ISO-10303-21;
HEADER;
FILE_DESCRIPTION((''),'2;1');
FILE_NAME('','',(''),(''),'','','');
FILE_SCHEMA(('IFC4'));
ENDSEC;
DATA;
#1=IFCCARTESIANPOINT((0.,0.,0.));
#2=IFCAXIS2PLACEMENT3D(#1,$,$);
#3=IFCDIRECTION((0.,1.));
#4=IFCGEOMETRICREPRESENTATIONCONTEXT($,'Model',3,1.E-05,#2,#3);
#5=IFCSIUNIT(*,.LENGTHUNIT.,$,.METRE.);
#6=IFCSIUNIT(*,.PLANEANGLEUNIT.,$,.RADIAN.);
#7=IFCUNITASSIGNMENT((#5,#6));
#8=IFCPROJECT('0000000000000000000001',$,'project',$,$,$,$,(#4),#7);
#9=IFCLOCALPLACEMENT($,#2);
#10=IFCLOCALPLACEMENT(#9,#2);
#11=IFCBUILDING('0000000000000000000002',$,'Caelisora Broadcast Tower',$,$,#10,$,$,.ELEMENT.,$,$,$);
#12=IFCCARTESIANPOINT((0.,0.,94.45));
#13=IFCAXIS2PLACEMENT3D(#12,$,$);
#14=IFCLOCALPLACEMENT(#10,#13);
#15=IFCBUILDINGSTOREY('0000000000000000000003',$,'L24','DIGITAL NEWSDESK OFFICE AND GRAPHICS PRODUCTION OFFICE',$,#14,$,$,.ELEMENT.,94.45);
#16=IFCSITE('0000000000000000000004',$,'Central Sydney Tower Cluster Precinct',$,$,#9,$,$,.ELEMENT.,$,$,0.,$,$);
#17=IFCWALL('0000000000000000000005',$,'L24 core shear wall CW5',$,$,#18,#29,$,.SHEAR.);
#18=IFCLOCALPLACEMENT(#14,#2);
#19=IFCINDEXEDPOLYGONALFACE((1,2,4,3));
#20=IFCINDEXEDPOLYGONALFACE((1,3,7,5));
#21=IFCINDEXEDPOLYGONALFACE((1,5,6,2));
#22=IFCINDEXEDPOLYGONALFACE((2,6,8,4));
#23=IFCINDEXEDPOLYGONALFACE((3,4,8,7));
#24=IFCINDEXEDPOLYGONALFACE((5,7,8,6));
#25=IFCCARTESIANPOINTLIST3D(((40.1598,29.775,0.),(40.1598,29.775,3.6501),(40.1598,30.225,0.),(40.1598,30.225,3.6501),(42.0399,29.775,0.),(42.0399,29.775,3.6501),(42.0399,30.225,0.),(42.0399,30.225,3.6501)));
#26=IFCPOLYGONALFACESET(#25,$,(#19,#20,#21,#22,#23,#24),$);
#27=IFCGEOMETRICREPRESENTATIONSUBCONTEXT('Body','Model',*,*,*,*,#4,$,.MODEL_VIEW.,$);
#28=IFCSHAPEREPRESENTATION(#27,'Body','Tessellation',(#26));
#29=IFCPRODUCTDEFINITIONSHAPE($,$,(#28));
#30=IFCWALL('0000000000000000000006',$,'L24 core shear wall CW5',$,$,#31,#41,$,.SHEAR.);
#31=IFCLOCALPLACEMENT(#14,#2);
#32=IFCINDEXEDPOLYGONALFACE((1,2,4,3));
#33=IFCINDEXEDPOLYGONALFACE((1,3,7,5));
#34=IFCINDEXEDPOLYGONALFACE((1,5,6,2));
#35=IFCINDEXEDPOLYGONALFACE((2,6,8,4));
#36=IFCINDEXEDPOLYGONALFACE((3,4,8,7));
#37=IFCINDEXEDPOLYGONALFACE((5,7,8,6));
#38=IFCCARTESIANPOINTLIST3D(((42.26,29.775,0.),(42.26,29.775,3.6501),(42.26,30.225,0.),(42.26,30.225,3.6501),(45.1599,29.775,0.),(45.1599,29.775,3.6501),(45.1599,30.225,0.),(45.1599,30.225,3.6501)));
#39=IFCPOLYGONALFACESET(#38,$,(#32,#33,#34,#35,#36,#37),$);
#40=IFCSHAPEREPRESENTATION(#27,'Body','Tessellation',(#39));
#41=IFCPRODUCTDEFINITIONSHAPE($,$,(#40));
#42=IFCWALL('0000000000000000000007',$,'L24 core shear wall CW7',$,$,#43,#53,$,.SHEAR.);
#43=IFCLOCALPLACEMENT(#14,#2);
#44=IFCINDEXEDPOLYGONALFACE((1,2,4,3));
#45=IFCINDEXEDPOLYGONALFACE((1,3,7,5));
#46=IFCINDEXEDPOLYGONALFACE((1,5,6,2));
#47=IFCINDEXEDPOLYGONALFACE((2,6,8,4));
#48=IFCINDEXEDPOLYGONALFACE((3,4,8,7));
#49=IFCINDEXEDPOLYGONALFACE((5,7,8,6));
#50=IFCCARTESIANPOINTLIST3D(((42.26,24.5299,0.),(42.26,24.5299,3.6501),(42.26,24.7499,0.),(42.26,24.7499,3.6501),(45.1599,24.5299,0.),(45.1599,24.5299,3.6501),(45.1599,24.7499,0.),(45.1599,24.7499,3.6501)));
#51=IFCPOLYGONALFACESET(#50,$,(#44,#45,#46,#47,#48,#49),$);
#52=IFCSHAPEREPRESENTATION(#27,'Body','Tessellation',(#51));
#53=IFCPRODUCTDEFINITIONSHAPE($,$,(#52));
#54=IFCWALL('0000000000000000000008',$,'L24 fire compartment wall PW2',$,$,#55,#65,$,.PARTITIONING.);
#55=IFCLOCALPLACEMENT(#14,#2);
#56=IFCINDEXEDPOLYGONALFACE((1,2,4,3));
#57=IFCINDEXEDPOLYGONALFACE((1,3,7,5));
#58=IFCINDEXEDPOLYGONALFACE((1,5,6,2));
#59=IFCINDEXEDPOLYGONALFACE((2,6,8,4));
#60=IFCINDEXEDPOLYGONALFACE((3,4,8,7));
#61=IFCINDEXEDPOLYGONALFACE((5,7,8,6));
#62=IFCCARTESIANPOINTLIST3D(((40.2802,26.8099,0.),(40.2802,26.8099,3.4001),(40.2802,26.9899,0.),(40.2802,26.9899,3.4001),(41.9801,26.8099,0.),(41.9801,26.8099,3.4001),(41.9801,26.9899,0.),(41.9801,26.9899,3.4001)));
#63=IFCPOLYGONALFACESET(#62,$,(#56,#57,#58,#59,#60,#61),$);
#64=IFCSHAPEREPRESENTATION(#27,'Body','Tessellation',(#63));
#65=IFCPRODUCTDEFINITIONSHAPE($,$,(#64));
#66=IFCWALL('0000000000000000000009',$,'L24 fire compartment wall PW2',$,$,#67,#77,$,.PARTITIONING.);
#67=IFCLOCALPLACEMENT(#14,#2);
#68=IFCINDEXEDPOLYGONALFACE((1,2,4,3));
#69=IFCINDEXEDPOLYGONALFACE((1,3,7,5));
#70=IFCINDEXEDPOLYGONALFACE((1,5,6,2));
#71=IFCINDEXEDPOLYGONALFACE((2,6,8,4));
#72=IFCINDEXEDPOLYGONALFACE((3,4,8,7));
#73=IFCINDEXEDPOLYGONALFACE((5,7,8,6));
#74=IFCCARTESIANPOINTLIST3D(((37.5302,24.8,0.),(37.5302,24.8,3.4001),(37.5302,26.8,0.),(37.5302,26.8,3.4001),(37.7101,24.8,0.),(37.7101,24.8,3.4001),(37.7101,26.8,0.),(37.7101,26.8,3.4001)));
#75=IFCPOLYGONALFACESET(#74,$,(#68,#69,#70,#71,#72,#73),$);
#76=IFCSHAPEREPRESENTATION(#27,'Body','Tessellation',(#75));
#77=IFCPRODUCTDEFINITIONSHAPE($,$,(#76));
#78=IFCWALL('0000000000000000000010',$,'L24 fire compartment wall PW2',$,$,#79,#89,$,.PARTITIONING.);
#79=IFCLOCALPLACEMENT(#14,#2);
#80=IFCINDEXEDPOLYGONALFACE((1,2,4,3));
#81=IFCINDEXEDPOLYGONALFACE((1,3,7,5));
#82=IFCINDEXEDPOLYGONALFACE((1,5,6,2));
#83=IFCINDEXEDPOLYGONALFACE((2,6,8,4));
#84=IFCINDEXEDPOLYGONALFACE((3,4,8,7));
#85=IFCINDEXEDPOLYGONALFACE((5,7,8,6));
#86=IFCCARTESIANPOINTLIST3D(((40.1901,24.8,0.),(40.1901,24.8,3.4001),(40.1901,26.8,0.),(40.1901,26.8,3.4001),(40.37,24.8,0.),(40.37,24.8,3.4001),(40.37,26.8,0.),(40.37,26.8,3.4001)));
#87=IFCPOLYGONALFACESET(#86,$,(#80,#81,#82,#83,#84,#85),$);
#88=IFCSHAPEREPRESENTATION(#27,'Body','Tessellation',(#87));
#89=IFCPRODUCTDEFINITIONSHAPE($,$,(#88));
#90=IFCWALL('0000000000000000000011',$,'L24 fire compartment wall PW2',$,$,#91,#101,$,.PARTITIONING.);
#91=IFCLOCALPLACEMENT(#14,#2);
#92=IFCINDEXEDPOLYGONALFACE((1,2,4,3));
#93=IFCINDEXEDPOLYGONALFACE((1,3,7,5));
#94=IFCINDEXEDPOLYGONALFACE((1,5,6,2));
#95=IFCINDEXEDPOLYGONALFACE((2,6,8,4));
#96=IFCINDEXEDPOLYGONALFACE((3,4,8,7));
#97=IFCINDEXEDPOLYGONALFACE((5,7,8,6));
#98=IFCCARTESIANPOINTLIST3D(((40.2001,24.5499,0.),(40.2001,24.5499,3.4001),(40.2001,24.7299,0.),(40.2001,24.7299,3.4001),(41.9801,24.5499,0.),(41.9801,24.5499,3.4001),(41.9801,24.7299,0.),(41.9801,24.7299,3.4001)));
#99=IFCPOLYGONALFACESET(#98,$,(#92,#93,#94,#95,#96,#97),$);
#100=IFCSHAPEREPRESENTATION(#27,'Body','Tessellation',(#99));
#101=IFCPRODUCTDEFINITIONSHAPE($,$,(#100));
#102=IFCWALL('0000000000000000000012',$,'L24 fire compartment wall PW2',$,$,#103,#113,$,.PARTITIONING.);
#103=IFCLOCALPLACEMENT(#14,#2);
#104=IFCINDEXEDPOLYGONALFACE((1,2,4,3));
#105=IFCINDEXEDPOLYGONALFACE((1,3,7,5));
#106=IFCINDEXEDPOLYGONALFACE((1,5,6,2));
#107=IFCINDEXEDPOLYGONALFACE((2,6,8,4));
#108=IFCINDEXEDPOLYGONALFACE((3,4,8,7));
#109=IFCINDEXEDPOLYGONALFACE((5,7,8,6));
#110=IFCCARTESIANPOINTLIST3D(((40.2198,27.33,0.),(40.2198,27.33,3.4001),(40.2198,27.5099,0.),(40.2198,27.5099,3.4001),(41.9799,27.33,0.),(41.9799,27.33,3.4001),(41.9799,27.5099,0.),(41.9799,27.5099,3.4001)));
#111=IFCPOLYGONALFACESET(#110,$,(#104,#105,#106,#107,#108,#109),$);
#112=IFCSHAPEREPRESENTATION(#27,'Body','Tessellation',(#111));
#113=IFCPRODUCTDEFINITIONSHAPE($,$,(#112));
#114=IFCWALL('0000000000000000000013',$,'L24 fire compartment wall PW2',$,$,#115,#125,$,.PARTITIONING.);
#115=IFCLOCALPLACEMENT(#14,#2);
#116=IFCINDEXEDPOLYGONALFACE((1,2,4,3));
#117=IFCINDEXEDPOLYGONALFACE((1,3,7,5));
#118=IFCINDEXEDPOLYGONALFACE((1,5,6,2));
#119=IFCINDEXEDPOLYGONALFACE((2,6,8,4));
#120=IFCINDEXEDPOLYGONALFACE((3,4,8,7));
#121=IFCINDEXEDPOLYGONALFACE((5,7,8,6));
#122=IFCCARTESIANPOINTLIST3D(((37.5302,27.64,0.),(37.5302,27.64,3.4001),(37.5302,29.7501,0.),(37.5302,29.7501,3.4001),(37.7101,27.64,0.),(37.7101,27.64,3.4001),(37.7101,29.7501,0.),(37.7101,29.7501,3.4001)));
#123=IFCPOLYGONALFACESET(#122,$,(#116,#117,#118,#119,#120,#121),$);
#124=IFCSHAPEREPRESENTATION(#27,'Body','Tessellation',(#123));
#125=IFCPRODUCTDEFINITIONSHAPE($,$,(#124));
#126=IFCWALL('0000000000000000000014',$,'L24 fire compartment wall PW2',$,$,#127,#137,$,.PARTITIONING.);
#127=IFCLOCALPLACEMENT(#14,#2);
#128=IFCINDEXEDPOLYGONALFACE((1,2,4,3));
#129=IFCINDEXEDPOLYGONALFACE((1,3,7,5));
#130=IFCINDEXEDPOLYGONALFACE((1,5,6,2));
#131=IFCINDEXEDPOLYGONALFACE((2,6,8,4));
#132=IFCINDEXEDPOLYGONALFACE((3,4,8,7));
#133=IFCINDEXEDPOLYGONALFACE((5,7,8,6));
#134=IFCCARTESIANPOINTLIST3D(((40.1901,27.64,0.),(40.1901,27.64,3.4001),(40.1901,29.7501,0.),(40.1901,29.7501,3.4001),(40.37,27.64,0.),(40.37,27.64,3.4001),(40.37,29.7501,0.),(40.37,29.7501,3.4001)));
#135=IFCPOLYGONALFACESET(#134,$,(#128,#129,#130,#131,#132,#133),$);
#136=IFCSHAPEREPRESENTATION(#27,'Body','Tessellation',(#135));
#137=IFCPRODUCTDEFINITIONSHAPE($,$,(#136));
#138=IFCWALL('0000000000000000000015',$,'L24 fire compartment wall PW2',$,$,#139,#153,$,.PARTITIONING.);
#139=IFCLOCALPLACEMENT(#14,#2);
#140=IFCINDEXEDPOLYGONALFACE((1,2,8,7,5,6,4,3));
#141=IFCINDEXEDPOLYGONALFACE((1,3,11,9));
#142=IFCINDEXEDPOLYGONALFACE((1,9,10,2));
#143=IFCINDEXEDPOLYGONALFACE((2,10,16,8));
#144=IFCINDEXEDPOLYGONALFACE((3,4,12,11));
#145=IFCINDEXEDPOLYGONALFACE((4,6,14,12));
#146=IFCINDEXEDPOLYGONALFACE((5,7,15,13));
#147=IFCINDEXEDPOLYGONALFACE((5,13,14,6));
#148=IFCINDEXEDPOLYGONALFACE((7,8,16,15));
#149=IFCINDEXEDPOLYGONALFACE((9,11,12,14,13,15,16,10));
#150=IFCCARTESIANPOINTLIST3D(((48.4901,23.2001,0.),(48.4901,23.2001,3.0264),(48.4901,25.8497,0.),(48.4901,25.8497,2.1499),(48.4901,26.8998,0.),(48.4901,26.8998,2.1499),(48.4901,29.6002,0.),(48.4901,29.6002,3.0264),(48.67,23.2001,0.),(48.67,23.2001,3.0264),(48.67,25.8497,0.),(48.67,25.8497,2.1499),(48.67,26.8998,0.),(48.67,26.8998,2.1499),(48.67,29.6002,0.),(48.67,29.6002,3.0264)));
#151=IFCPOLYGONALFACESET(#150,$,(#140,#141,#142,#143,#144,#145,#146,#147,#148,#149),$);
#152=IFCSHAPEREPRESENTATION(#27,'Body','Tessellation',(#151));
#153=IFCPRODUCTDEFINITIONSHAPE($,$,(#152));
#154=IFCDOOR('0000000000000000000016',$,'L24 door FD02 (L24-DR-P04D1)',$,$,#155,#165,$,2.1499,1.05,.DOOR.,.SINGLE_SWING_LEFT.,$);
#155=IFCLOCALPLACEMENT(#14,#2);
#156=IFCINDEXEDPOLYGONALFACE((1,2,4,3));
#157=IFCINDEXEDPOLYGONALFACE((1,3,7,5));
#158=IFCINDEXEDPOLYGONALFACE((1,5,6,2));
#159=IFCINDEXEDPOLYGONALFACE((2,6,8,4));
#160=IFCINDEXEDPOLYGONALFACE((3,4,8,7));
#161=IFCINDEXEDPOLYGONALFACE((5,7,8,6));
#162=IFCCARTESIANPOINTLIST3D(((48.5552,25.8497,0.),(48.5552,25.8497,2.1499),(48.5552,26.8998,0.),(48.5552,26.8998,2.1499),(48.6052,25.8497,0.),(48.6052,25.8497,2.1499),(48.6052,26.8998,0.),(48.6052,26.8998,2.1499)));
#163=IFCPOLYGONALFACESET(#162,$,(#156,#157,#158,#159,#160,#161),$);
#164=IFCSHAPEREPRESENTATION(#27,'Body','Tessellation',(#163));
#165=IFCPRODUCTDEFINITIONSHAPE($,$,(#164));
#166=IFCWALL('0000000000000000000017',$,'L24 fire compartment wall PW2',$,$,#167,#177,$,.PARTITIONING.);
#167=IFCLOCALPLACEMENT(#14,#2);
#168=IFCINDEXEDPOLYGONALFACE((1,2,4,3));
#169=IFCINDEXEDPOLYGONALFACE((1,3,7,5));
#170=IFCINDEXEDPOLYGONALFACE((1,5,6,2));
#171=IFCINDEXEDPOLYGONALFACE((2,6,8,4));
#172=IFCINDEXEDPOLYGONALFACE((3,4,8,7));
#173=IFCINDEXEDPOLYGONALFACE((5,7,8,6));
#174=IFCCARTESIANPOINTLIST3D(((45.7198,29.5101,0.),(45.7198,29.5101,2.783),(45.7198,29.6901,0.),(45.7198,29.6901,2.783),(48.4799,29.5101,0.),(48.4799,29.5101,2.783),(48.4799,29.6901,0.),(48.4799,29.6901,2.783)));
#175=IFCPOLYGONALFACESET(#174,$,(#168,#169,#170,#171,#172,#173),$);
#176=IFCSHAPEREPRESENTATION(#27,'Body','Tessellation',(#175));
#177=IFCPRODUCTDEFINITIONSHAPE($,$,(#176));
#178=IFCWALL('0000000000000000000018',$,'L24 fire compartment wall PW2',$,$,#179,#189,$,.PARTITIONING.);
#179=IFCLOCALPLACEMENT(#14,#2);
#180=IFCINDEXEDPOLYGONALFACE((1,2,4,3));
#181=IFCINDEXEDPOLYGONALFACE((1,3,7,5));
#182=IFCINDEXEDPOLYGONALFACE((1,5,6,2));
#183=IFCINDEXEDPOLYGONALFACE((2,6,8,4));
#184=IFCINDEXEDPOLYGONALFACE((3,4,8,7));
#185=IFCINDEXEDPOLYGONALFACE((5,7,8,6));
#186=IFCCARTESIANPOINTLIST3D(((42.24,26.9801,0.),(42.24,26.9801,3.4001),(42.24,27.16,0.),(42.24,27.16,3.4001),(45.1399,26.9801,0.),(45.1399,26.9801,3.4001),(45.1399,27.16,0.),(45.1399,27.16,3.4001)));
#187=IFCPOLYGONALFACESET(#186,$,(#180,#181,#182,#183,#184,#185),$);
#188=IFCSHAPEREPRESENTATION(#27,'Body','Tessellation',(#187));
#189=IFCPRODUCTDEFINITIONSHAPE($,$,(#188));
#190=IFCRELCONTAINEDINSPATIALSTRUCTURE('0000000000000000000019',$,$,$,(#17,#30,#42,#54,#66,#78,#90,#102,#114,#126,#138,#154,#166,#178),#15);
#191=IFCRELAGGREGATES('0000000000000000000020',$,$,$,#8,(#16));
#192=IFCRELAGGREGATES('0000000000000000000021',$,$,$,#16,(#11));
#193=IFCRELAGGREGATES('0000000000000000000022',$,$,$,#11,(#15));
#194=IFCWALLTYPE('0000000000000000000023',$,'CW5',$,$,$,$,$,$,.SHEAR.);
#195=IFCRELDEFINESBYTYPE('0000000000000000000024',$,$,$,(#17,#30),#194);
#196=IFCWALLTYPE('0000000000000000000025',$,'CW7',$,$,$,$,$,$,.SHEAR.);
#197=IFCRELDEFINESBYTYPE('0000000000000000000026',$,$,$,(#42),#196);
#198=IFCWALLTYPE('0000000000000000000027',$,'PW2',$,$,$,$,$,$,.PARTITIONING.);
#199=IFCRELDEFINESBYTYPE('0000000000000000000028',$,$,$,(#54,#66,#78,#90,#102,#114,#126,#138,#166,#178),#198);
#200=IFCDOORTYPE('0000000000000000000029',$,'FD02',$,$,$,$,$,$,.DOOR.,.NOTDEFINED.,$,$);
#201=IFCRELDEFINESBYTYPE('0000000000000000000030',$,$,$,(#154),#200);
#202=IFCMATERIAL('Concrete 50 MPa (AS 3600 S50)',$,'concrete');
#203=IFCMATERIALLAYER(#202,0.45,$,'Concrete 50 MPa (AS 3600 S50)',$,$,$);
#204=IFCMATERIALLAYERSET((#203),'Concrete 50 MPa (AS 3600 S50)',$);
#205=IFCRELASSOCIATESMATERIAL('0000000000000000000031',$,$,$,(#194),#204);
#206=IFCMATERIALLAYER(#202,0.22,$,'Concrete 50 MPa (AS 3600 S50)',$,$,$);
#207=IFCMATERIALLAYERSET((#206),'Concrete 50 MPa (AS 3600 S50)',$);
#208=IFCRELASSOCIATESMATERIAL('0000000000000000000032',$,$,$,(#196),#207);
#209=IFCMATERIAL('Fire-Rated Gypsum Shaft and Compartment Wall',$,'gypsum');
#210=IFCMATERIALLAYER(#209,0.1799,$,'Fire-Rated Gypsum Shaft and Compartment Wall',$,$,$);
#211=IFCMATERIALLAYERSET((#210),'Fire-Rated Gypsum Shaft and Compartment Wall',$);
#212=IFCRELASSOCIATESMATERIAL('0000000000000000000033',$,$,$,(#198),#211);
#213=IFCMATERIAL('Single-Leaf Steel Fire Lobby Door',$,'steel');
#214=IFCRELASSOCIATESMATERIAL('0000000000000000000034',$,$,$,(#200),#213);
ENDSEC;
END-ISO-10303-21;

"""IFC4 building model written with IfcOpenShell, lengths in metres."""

from ifc_helpers import new_model, si_unit, direction, frame, frame_2d, origin, place, context, subcontext, project, spatial, rectangle, extrude, material, layer, layer_set, type_object, element, fill, save


model = new_model("IFC4")

# Units and contexts
model_context = context("Model", 3, precision=1e-05, world=origin(), true_north=direction((0.0, 1.0)))
body_context = subcontext(model_context, "Body", "Model", "MODEL_VIEW")
ifc_project = project(units=[si_unit("LENGTHUNIT", "METRE"), si_unit("PLANEANGLEUNIT", "RADIAN")], contexts=[model_context])

# Site, building, storey
site_placement = place(None, origin())
site = spatial("IfcSite", under=ifc_project, at=site_placement, Name="Central Sydney Tower Cluster Precinct", CompositionType="ELEMENT", RefElevation=0.0)
building_placement = place(site_placement, origin())
building = spatial("IfcBuilding", under=site, at=building_placement, Name="Caelisora Broadcast Tower", CompositionType="ELEMENT")
storey_placement = place(building_placement, frame((0.0, 0.0, 94.45)))
storey = spatial("IfcBuildingStorey", under=building, at=storey_placement, Name="L24", Description="DIGITAL NEWSDESK OFFICE AND GRAPHICS PRODUCTION OFFICE", CompositionType="ELEMENT", Elevation=94.45)

# Shared definitions
ifc_material_1 = material(Name="Concrete 50 MPa (AS 3600 S50)", Category="concrete")

# Walls
ifc_layer_1 = layer(ifc_material_1, 0.45, Name="Concrete 50 MPa (AS 3600 S50)")
ifc_layer_set_1 = layer_set([ifc_layer_1], Name="Concrete 50 MPa (AS 3600 S50)")
wall_type_1 = type_object("IfcWallType", Name="CW5", PredefinedType="SHEAR", material=ifc_layer_set_1)
wall_1_placement = place(storey_placement, frame((40.1599, 30.0, 0.0), z_axis=(0.0, 0.0, 1.0), x_axis=(1.0, 0.0, 0.0)))
element("IfcWall", 1, at=wall_1_placement, inside=storey, type_object=wall_type_1, Name="L24 core shear wall CW5", PredefinedType="SHEAR", context=body_context, shape_type="SweptSolid", body=[
    extrude(rectangle(XDim=1.8801, YDim=0.45, at=frame_2d((0.9399, 0.0))), origin(), (0.0, 0.0, 1.0), 3.6501),
])
wall_2_placement = place(storey_placement, frame((42.26, 30.0, 0.0), z_axis=(0.0, 0.0, 1.0), x_axis=(1.0, 0.0, 0.0)))
element("IfcWall", 2, at=wall_2_placement, inside=storey, type_object=wall_type_1, Name="L24 core shear wall CW5", PredefinedType="SHEAR", context=body_context, shape_type="SweptSolid", body=[
    extrude(rectangle(XDim=2.8999, YDim=0.45, at=frame_2d((1.45, 0.0))), origin(), (0.0, 0.0, 1.0), 3.6501),
])
ifc_layer_2 = layer(ifc_material_1, 0.22, Name="Concrete 50 MPa (AS 3600 S50)")
ifc_layer_set_2 = layer_set([ifc_layer_2], Name="Concrete 50 MPa (AS 3600 S50)")
wall_type_2 = type_object("IfcWallType", Name="CW7", PredefinedType="SHEAR", material=ifc_layer_set_2)
wall_3_placement = place(storey_placement, frame((42.26, 24.6399, 0.0), z_axis=(0.0, 0.0, 1.0), x_axis=(1.0, 0.0, 0.0)))
element("IfcWall", 3, at=wall_3_placement, inside=storey, type_object=wall_type_2, Name="L24 core shear wall CW7", PredefinedType="SHEAR", context=body_context, shape_type="SweptSolid", body=[
    extrude(rectangle(XDim=2.8999, YDim=0.22, at=frame_2d((1.45, 0.0))), origin(), (0.0, 0.0, 1.0), 3.6501),
])
ifc_material_2 = material(Name="Fire-Rated Gypsum Shaft and Compartment Wall", Category="gypsum")
ifc_layer_3 = layer(ifc_material_2, 0.1799, Name="Fire-Rated Gypsum Shaft and Compartment Wall")
ifc_layer_set_3 = layer_set([ifc_layer_3], Name="Fire-Rated Gypsum Shaft and Compartment Wall")
wall_type_3 = type_object("IfcWallType", Name="PW2", PredefinedType="PARTITIONING", material=ifc_layer_set_3)
wall_4_placement = place(storey_placement, frame((40.28, 26.8999, 0.0), z_axis=(0.0, 0.0, 1.0), x_axis=(1.0, 0.0, 0.0)))
element("IfcWall", 4, at=wall_4_placement, inside=storey, type_object=wall_type_3, Name="L24 fire compartment wall PW2", PredefinedType="PARTITIONING", context=body_context, shape_type="SweptSolid", body=[
    extrude(rectangle(XDim=1.7, YDim=0.1799, at=frame_2d((0.8501, 0.0))), origin(), (0.0, 0.0, 1.0), 3.4001),
])
for number, where, z_axis, x_axis, name in (
    (5, (37.6201, 24.8, 0.0), (0.0, 0.0, 1.0), (0.0, 1.0, 0.0), "L24 fire compartment wall PW2"),
    (6, (40.28, 24.8, 0.0), (0.0, 0.0, 1.0), (0.0, 1.0, 0.0), "L24 fire compartment wall PW2"),
):
    element("IfcWall", number, at=place(storey_placement, frame(where, z_axis=z_axis, x_axis=x_axis)), inside=storey, type_object=wall_type_3, Name=name, PredefinedType="PARTITIONING", context=body_context, shape_type="SweptSolid", body=[
        extrude(rectangle(XDim=2.0, YDim=0.1799, at=frame_2d((1.0, 0.0))), origin(), (0.0, 0.0, 1.0), 3.4001),
    ])
wall_5_placement = place(storey_placement, frame((40.2, 24.6399, 0.0), z_axis=(0.0, 0.0, 1.0), x_axis=(1.0, 0.0, 0.0)))
element("IfcWall", 7, at=wall_5_placement, inside=storey, type_object=wall_type_3, Name="L24 fire compartment wall PW2", PredefinedType="PARTITIONING", context=body_context, shape_type="SweptSolid", body=[
    extrude(rectangle(XDim=1.78, YDim=0.1799, at=frame_2d((0.8901, 0.0))), origin(), (0.0, 0.0, 1.0), 3.4001),
])
wall_6_placement = place(storey_placement, frame((40.22, 27.4199, 0.0), z_axis=(0.0, 0.0, 1.0), x_axis=(1.0, 0.0, 0.0)))
element("IfcWall", 8, at=wall_6_placement, inside=storey, type_object=wall_type_3, Name="L24 fire compartment wall PW2", PredefinedType="PARTITIONING", context=body_context, shape_type="SweptSolid", body=[
    extrude(rectangle(XDim=1.76, YDim=0.1799, at=frame_2d((0.8799, 0.0))), origin(), (0.0, 0.0, 1.0), 3.4001),
])
for number, where, z_axis, x_axis, name in (
    (9, (37.6201, 27.6399, 0.0), (0.0, 0.0, 1.0), (0.0, 1.0, 0.0), "L24 fire compartment wall PW2"),
    (10, (40.28, 27.6399, 0.0), (0.0, 0.0, 1.0), (0.0, 1.0, 0.0), "L24 fire compartment wall PW2"),
):
    element("IfcWall", number, at=place(storey_placement, frame(where, z_axis=z_axis, x_axis=x_axis)), inside=storey, type_object=wall_type_3, Name=name, PredefinedType="PARTITIONING", context=body_context, shape_type="SweptSolid", body=[
        extrude(rectangle(XDim=2.1101, YDim=0.1799, at=frame_2d((1.0552, 0.0))), origin(), (0.0, 0.0, 1.0), 3.4001),
    ])

# Wall, opening, door
wall_7_placement = place(storey_placement, frame((48.5801, 23.2, 0.0), z_axis=(0.0, 0.0, 1.0), x_axis=(0.0, 1.0, 0.0)))
wall_7 = element("IfcWall", 11, at=wall_7_placement, inside=storey, type_object=wall_type_3, Name="L24 fire compartment wall PW2", PredefinedType="PARTITIONING", context=body_context, shape_type="SweptSolid", body=[
    extrude(rectangle(XDim=6.4001, YDim=0.1799, at=frame_2d((3.2002, 0.0))), origin(), (0.0, 0.0, 1.0), 3.0264),
])
opening_placement = place(wall_7_placement, frame((2.6499, 0.0, 0.0)))
opening = element("IfcOpeningElement", 12, at=opening_placement, cuts=wall_7, PredefinedType="OPENING", context=body_context, shape_type="SweptSolid", body=[
    extrude(rectangle(XDim=1.05, YDim=2.1499, at=frame_2d((0.5249, 1.075))), frame((0.0, 0.1021, 0.0), z_axis=(0.0, -1.0, 0.0), x_axis=(1.0, 0.0, 0.0)), (0.0, 0.0, 1.0), 0.2039),
])
ifc_material_3 = material(Name="Single-Leaf Steel Fire Lobby Door", Category="steel")
door_type = type_object("IfcDoorType", Name="FD02", OperationType="NOTDEFINED", PredefinedType="DOOR", material=ifc_material_3)
door_placement = place(opening_placement, origin())
door = element("IfcDoor", 13, at=door_placement, inside=storey, type_object=door_type, Name="L24 door FD02 (L24-DR-P04D1)", OperationType="SINGLE_SWING_LEFT", OverallHeight=2.1499, OverallWidth=1.05, PredefinedType="DOOR", context=body_context, shape_type="SweptSolid", body=[
    extrude(rectangle(XDim=1.05, YDim=2.1499, at=frame_2d((0.5249, 1.075))), frame((0.0, 0.0249, 0.0), z_axis=(0.0, -1.0, 0.0), x_axis=(1.0, 0.0, 0.0)), (0.0, 0.0, 1.0), 0.05),
])
fill(opening, door)

# Walls
wall_8_placement = place(storey_placement, frame((45.72, 29.6001, 0.0), z_axis=(0.0, 0.0, 1.0), x_axis=(1.0, 0.0, 0.0)))
element("IfcWall", 14, at=wall_8_placement, inside=storey, type_object=wall_type_3, Name="L24 fire compartment wall PW2", PredefinedType="PARTITIONING", context=body_context, shape_type="SweptSolid", body=[
    extrude(rectangle(XDim=2.76, YDim=0.1799, at=frame_2d((1.3799, 0.0))), origin(), (0.0, 0.0, 1.0), 2.783),
])
wall_9_placement = place(storey_placement, frame((42.24, 27.0701, 0.0), z_axis=(0.0, 0.0, 1.0), x_axis=(1.0, 0.0, 0.0)))
element("IfcWall", 15, at=wall_9_placement, inside=storey, type_object=wall_type_3, Name="L24 fire compartment wall PW2", PredefinedType="PARTITIONING", context=body_context, shape_type="SweptSolid", body=[
    extrude(rectangle(XDim=2.8999, YDim=0.1799, at=frame_2d((1.45, 0.0))), origin(), (0.0, 0.0, 1.0), 3.4001),
])

save(model, "model.ifc")
